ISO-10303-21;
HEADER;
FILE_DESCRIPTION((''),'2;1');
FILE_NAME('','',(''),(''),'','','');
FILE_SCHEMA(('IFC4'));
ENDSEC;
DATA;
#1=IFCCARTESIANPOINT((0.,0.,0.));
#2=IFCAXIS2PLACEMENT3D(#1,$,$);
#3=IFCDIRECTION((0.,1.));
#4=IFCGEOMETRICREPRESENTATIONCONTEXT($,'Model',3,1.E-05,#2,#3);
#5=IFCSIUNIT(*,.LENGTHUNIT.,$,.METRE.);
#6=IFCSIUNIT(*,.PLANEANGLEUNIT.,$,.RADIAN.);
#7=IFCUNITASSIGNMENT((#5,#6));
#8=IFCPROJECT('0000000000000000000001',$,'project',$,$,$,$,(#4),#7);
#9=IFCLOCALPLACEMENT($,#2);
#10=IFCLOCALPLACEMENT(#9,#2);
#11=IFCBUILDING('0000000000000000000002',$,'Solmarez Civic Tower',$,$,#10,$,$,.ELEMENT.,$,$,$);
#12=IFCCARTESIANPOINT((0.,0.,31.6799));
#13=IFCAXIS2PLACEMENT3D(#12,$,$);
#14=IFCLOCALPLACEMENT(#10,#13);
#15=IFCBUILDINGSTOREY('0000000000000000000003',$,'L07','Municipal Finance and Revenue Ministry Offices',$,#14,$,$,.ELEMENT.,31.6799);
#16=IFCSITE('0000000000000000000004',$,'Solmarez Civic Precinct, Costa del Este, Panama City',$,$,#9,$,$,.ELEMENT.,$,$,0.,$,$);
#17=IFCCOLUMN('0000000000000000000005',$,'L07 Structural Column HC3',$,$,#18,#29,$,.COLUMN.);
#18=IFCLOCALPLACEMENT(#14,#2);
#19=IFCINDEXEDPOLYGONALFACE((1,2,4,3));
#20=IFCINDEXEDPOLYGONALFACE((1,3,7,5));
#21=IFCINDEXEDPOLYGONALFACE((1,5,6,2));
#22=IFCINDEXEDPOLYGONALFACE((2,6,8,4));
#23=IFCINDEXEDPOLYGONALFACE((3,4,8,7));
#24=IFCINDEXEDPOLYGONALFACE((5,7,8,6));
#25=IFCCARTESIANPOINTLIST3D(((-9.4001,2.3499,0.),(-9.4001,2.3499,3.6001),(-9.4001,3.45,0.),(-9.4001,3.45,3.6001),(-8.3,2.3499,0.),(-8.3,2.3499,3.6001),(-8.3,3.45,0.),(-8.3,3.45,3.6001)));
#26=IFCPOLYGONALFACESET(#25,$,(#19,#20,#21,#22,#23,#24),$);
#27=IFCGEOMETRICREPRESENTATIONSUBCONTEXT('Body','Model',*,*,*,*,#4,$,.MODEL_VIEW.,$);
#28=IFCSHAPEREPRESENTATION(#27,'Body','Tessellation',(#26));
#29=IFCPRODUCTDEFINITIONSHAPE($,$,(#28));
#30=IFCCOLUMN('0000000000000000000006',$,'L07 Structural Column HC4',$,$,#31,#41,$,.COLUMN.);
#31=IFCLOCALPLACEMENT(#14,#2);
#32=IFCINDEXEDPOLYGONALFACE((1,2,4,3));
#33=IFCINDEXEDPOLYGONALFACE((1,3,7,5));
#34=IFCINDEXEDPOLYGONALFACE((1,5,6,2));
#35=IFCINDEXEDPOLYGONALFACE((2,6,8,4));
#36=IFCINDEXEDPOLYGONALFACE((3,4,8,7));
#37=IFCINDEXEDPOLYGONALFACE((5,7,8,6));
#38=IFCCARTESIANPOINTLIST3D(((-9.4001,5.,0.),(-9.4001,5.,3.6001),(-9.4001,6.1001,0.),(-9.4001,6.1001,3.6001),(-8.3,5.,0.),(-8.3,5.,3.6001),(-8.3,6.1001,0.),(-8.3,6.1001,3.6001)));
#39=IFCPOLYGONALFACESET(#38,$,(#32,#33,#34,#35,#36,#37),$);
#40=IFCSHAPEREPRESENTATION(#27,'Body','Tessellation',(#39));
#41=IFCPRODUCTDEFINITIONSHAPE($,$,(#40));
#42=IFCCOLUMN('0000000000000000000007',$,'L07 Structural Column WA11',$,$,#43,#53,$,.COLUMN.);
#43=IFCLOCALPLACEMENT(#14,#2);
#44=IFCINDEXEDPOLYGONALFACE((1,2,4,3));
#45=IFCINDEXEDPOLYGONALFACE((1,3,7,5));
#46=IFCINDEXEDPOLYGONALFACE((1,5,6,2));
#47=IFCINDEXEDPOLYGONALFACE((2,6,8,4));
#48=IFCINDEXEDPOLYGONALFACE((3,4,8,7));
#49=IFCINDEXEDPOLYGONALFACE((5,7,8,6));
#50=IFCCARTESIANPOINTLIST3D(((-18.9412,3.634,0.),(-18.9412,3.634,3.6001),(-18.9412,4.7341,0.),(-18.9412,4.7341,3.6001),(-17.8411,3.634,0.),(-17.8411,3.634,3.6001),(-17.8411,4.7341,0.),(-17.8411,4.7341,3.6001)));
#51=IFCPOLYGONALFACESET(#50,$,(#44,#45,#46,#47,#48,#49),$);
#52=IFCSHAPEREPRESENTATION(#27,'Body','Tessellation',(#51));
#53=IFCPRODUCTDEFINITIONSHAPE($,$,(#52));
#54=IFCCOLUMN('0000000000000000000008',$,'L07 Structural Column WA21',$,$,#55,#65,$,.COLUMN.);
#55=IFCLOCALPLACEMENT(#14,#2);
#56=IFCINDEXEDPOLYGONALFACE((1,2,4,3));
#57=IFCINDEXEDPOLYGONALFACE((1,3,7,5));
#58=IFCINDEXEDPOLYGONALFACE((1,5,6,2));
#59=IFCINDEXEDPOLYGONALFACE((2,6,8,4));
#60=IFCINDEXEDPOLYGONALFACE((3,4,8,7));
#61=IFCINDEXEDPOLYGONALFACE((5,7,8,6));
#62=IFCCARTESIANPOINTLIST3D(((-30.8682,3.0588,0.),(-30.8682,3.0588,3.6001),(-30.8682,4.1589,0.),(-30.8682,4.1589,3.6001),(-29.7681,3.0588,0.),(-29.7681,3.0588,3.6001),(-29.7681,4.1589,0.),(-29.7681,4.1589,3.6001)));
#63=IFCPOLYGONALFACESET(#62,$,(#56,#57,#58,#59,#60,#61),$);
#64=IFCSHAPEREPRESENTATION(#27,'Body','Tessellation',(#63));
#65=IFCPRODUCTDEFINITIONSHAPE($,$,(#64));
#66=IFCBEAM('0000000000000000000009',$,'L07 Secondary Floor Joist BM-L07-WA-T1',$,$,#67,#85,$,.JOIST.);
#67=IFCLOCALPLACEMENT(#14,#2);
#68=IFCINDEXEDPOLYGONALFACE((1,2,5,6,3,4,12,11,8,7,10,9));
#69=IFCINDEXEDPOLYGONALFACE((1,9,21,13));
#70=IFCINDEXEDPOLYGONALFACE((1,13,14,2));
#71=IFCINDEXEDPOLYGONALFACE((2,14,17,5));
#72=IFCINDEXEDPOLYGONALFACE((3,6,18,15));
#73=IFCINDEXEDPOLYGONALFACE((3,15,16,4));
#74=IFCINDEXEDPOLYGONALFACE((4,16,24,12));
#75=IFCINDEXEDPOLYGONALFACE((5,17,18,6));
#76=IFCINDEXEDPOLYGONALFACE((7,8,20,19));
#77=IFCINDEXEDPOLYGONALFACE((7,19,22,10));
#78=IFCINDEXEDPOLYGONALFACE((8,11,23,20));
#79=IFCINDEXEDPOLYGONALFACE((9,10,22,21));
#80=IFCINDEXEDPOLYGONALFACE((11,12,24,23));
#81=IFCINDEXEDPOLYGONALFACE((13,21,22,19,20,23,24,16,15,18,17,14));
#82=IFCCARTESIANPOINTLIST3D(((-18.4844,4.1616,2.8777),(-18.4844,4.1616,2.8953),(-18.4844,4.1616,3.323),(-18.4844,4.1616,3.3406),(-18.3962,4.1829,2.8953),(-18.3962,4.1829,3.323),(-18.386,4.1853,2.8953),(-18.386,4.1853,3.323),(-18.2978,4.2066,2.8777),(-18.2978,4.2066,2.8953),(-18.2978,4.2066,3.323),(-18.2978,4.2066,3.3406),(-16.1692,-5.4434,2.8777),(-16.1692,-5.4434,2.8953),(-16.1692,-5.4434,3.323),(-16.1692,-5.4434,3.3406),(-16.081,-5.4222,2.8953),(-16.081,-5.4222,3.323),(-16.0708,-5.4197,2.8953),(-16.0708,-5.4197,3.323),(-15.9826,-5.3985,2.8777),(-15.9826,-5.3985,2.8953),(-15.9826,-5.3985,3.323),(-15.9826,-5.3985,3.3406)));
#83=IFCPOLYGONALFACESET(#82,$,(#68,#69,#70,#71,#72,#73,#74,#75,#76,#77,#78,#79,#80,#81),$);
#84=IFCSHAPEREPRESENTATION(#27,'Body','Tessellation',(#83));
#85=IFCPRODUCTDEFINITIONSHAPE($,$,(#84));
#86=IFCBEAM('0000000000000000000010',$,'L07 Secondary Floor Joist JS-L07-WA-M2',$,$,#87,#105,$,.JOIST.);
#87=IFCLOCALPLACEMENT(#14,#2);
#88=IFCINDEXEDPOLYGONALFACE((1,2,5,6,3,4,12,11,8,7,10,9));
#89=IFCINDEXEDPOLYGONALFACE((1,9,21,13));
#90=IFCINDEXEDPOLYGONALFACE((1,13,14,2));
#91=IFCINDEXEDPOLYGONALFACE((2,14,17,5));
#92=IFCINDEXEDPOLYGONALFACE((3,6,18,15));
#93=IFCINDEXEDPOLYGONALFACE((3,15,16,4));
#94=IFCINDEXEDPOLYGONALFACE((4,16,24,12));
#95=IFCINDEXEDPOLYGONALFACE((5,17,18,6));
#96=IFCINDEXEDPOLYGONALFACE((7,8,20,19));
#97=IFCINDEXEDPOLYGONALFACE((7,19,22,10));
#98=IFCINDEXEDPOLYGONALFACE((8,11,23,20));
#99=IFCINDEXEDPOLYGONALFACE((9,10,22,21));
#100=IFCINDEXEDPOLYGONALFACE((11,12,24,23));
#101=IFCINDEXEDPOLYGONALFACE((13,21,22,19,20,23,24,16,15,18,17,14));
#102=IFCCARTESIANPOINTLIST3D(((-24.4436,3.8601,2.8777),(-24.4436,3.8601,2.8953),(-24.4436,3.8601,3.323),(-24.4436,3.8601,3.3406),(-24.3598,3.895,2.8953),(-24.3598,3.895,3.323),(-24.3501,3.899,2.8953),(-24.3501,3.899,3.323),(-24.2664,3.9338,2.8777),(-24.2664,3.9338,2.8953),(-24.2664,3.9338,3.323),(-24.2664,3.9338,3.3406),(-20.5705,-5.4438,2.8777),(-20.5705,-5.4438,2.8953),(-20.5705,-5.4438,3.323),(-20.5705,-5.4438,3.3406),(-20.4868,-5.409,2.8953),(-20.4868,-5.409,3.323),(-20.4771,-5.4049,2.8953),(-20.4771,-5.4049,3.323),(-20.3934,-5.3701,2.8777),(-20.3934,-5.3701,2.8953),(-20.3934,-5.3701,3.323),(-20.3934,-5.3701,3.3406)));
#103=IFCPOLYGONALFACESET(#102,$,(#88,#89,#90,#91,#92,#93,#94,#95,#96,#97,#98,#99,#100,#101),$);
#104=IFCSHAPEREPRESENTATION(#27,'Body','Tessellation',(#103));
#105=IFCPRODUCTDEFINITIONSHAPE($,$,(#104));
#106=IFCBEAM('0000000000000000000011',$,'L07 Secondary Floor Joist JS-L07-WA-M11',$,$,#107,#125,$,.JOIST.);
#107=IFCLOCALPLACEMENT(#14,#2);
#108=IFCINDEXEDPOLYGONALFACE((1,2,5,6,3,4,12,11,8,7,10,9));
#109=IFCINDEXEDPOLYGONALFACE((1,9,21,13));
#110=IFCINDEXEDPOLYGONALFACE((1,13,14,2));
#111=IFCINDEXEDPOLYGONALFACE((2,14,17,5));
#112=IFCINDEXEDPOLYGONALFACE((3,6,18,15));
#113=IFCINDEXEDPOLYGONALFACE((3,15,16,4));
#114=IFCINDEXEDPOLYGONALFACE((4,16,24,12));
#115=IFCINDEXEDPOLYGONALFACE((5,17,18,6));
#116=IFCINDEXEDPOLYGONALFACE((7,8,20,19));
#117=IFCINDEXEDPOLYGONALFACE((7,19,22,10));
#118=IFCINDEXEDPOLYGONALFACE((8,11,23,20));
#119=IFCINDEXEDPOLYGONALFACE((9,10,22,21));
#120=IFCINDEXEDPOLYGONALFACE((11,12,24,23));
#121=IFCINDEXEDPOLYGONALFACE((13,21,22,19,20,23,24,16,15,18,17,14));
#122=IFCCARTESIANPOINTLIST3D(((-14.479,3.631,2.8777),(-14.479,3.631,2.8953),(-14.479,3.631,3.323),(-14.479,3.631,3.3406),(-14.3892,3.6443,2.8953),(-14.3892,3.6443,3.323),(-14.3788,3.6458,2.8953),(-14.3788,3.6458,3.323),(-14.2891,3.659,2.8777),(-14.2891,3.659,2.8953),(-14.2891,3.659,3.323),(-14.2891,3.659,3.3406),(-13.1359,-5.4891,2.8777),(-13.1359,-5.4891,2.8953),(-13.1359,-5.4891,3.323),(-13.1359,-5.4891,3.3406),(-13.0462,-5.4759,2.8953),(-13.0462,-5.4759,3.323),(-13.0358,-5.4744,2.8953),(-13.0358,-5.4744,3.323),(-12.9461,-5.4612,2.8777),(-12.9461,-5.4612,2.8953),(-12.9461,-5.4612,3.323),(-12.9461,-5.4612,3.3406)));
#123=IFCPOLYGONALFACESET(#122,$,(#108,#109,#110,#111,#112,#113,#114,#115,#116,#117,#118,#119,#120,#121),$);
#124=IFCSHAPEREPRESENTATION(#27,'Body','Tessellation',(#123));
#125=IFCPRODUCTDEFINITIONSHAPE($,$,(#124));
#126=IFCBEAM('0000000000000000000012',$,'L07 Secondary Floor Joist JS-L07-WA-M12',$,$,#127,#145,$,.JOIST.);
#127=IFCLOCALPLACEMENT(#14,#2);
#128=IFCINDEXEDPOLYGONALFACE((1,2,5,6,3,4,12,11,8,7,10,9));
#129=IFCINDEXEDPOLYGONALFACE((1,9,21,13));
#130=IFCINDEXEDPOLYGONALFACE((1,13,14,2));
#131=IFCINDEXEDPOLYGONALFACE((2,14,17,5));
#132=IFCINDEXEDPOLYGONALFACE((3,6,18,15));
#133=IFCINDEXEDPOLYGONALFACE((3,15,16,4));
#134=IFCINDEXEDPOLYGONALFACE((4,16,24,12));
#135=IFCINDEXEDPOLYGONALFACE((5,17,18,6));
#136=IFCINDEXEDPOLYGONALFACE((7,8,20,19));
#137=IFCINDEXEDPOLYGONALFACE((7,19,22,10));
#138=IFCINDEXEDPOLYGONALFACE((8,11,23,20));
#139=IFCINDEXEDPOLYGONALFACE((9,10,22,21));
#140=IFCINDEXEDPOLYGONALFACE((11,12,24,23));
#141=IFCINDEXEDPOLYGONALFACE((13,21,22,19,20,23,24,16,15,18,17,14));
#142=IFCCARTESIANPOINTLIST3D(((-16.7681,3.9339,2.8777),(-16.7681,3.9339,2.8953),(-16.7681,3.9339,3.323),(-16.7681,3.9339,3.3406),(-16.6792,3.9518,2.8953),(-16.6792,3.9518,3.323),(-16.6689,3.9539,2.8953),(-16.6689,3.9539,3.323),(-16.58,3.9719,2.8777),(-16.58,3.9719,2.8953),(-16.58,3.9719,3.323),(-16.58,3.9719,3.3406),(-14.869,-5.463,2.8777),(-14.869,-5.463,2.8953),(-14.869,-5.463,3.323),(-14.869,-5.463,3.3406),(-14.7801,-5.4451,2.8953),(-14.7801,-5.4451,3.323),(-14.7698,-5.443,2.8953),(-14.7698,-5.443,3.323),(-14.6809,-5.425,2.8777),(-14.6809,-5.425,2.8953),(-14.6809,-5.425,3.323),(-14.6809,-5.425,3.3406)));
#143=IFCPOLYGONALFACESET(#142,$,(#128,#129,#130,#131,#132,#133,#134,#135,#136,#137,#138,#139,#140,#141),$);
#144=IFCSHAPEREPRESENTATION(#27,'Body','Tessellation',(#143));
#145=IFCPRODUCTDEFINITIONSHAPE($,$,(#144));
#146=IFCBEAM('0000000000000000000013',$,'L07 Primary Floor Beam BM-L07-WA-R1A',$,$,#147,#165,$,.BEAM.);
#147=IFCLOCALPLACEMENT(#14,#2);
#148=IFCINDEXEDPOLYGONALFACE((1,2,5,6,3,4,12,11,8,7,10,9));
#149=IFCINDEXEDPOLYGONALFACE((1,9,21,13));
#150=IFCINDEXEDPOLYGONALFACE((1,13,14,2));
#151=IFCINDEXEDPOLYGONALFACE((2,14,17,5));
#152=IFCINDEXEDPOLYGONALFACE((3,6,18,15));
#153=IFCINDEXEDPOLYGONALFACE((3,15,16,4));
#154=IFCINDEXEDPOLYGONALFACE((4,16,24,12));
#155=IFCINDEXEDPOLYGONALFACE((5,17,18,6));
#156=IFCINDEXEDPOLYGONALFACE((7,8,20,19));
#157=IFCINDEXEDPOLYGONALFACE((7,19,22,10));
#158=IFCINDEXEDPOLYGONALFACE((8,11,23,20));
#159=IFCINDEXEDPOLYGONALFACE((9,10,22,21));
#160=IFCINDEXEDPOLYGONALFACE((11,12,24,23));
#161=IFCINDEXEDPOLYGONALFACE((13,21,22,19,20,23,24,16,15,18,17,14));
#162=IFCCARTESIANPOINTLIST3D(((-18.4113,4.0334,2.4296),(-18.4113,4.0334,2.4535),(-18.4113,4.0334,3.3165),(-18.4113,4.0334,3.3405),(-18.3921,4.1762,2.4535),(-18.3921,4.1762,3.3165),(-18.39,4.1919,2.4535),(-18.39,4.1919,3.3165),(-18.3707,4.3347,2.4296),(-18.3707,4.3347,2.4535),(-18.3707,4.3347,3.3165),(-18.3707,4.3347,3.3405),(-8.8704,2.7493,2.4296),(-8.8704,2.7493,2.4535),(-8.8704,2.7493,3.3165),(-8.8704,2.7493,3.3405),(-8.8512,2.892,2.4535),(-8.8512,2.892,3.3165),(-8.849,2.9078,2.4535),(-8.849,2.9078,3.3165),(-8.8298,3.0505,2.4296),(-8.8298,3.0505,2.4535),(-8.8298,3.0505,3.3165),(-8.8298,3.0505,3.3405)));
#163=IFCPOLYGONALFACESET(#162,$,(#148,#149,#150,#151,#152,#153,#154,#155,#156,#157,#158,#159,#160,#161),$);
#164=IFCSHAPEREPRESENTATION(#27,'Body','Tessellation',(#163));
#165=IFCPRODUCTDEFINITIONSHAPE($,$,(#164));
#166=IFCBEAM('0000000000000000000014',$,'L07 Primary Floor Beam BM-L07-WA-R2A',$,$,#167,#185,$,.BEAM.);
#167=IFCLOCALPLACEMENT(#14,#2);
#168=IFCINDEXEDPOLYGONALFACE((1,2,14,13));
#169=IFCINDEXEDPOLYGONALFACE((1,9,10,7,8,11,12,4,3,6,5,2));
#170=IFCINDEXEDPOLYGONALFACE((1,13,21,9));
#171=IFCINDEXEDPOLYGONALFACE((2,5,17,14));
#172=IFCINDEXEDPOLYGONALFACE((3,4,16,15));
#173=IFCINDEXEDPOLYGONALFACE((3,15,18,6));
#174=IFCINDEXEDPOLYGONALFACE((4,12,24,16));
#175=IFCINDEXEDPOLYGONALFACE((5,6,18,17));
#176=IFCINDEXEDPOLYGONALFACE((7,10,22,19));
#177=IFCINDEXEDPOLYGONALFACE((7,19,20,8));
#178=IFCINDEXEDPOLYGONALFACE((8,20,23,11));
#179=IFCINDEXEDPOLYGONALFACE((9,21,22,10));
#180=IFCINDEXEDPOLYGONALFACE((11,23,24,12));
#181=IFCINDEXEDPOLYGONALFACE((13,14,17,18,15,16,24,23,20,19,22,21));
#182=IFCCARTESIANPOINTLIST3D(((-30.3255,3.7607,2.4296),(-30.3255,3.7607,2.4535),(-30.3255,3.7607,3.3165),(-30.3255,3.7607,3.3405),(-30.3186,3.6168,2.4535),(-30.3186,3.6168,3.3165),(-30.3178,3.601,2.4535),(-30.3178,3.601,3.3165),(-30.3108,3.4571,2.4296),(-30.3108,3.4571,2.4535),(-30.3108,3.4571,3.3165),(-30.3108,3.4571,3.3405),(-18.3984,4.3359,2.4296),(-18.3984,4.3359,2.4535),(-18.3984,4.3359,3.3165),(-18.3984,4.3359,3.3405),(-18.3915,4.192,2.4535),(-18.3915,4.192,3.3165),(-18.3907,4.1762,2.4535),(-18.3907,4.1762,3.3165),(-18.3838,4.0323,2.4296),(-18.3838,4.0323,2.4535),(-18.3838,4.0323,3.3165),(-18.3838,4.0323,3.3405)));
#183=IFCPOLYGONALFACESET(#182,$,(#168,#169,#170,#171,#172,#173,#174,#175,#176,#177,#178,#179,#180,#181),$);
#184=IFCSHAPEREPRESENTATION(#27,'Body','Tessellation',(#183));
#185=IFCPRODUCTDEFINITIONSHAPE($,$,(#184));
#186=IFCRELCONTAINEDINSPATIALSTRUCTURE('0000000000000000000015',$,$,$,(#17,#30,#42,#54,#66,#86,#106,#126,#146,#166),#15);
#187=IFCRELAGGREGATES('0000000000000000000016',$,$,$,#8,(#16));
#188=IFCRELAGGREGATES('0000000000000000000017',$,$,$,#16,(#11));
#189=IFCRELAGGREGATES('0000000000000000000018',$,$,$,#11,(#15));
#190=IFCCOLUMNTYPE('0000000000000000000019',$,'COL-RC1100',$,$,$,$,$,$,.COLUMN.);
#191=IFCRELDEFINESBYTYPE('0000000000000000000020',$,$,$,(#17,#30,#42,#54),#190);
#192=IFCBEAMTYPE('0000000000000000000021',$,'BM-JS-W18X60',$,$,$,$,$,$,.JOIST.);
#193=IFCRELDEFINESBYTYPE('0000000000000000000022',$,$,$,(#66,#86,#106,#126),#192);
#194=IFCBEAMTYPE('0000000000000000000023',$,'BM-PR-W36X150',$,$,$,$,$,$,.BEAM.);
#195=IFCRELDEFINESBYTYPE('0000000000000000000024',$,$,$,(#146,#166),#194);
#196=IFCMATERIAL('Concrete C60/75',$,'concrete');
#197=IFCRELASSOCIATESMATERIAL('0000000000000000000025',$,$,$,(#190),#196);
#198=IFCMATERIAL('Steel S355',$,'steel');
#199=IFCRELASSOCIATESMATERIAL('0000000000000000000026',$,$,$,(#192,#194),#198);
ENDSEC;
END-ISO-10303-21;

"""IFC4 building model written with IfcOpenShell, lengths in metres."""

from ifc_helpers import new_model, si_unit, direction, frame, origin, origin_2d, place, context, subcontext, project, spatial, rectangle, i_section, extrude, material, material_profile, profile_set, type_object, element, save


model = new_model("IFC4")

# Units and contexts
model_context = context("Model", 3, precision=1e-05, world=origin(), true_north=direction((0.0, 1.0)))
body_context = subcontext(model_context, "Body", "Model", "MODEL_VIEW")
ifc_project = project(units=[si_unit("LENGTHUNIT", "METRE"), si_unit("PLANEANGLEUNIT", "RADIAN")], contexts=[model_context])

# Site, building, storey
site_placement = place(None, origin())
site = spatial("IfcSite", under=ifc_project, at=site_placement, Name="Solmarez Civic Precinct, Costa del Este, Panama City", CompositionType="ELEMENT", RefElevation=0.0)
building_placement = place(site_placement, origin())
building = spatial("IfcBuilding", under=site, at=building_placement, Name="Solmarez Civic Tower", CompositionType="ELEMENT")
storey_placement = place(building_placement, frame((0.0, 0.0, 31.6799)))
storey = spatial("IfcBuildingStorey", under=building, at=storey_placement, Name="L07", Description="Municipal Finance and Revenue Ministry Offices", CompositionType="ELEMENT", Elevation=31.6799)

# Columns
ifc_material_1 = material(Name="Concrete C60/75", Category="concrete")
ifc_material_profile_1 = material_profile(ifc_material_1, rectangle(XDim=1.1001, YDim=1.1001, at=origin_2d()), Name="RC1100X1100")
ifc_profile_set_1 = profile_set([ifc_material_profile_1], Name="Concrete C60/75")
column_type = type_object("IfcColumnType", Name="COL-RC1100", PredefinedType="COLUMN", material=ifc_profile_set_1)
for number, where, z_axis, x_axis, name in (
    (1, (-8.8501, 2.8999, 0.0), (0.0, 0.0, 1.0), (1.0, 0.0, 0.0), "L07 Structural Column HC3"),
    (2, (-8.8501, 5.55, 0.0), (0.0, 0.0, 1.0), (1.0, 0.0, 0.0), "L07 Structural Column HC4"),
    (3, (-18.3911, 4.1841, 0.0), (0.0, 0.0, 1.0), (1.0, 0.0, 0.0), "L07 Structural Column WA11"),
    (4, (-30.3181, 3.6089, 0.0), (0.0, 0.0, 1.0), (1.0, 0.0, 0.0), "L07 Structural Column WA21"),
):
    element("IfcColumn", number, at=place(storey_placement, frame(where, z_axis=z_axis, x_axis=x_axis)), inside=storey, type_object=column_type, Name=name, PredefinedType="COLUMN", context=body_context, shape_type="SweptSolid", body=[
        extrude(rectangle(XDim=1.1001, YDim=1.1001, at=origin_2d()), origin(), (0.0, 0.0, 1.0), 3.6001),
    ])

# Beams
ifc_material_2 = material(Name="Steel S355", Category="steel")
ifc_material_profile_2 = material_profile(ifc_material_2, i_section(OverallWidth=0.1919, OverallDepth=0.4629, WebThickness=0.0105, FlangeThickness=0.0176, at=origin_2d()), Name="W18X60")
ifc_profile_set_2 = profile_set([ifc_material_profile_2], Name="Steel S355")
beam_type_1 = type_object("IfcBeamType", Name="BM-JS-W18X60", PredefinedType="JOIST", material=ifc_profile_set_2)
beam_1_placement = place(storey_placement, frame((-18.3911, 4.1841, 3.1091), z_axis=(0.234329, -0.972157, 0.0), x_axis=(0.972157, 0.234329, 0.0)))
element("IfcBeam", 5, at=beam_1_placement, inside=storey, type_object=beam_type_1, Name="L07 Secondary Floor Joist BM-L07-WA-T1", PredefinedType="JOIST", context=body_context, shape_type="SweptSolid", body=[
    extrude(i_section(OverallWidth=0.1919, OverallDepth=0.4629, WebThickness=0.0105, FlangeThickness=0.0176, at=origin_2d()), origin(), (0.0, 0.0, 1.0), 9.8801),
])
beam_2_placement = place(storey_placement, frame((-24.355, 3.897, 3.1091), z_axis=(0.384311, -0.923204, 0.0), x_axis=(0.923204, 0.384311, 0.0)))
element("IfcBeam", 6, at=beam_2_placement, inside=storey, type_object=beam_type_1, Name="L07 Secondary Floor Joist JS-L07-WA-M2", PredefinedType="JOIST", context=body_context, shape_type="SweptSolid", body=[
    extrude(i_section(OverallWidth=0.1919, OverallDepth=0.4629, WebThickness=0.0105, FlangeThickness=0.0176, at=origin_2d()), origin(), (0.0, 0.0, 1.0), 10.0779),
])
beam_3_placement = place(storey_placement, frame((-14.384, 3.645, 3.1091), z_axis=(0.145688, -0.989331, 0.0), x_axis=(0.989331, 0.145688, 0.0)))
element("IfcBeam", 7, at=beam_3_placement, inside=storey, type_object=beam_type_1, Name="L07 Secondary Floor Joist JS-L07-WA-M11", PredefinedType="JOIST", context=body_context, shape_type="SweptSolid", body=[
    extrude(i_section(OverallWidth=0.1919, OverallDepth=0.4629, WebThickness=0.0105, FlangeThickness=0.0176, at=origin_2d()), origin(), (0.0, 0.0, 1.0), 9.2185),
])
beam_4_placement = place(storey_placement, frame((-16.6741, 3.9529, 3.1091), z_axis=(0.198099, -0.980182, 0.0), x_axis=(0.980182, 0.198099, 0.0)))
element("IfcBeam", 8, at=beam_4_placement, inside=storey, type_object=beam_type_1, Name="L07 Secondary Floor Joist JS-L07-WA-M12", PredefinedType="JOIST", context=body_context, shape_type="SweptSolid", body=[
    extrude(i_section(OverallWidth=0.1919, OverallDepth=0.4629, WebThickness=0.0105, FlangeThickness=0.0176, at=origin_2d()), origin(), (0.0, 0.0, 1.0), 9.5869),
])
ifc_material_profile_3 = material_profile(ifc_material_2, i_section(OverallWidth=0.304, OverallDepth=0.9109, WebThickness=0.0159, FlangeThickness=0.0239, at=origin_2d()), Name="W36X150")
ifc_profile_set_3 = profile_set([ifc_material_profile_3], Name="Steel S355")
beam_type_2 = type_object("IfcBeamType", Name="BM-PR-W36X150", PredefinedType="BEAM", material=ifc_profile_set_3)
beam_5_placement = place(storey_placement, frame((-8.8501, 2.8999, 2.885), z_axis=(-0.991063, 0.133393, 0.0), x_axis=(-0.133393, -0.991063, 0.0)))
element("IfcBeam", 9, at=beam_5_placement, inside=storey, type_object=beam_type_2, Name="L07 Primary Floor Beam BM-L07-WA-R1A", PredefinedType="BEAM", context=body_context, shape_type="SweptSolid", body=[
    extrude(i_section(OverallWidth=0.304, OverallDepth=0.9109, WebThickness=0.0159, FlangeThickness=0.0239, at=origin_2d()), origin(), (0.0, 0.0, 1.0), 9.627),
])
beam_6_placement = place(storey_placement, frame((-18.3911, 4.1841, 2.885), z_axis=(-0.998839, -0.04817, 0.0), x_axis=(0.04817, -0.998839, 0.0)))
element("IfcBeam", 10, at=beam_6_placement, inside=storey, type_object=beam_type_2, Name="L07 Primary Floor Beam BM-L07-WA-R2A", PredefinedType="BEAM", context=body_context, shape_type="SweptSolid", body=[
    extrude(i_section(OverallWidth=0.304, OverallDepth=0.9109, WebThickness=0.0159, FlangeThickness=0.0239, at=origin_2d()), origin(), (0.0, 0.0, 1.0), 11.9409),
])

save(model, "model.ifc")
